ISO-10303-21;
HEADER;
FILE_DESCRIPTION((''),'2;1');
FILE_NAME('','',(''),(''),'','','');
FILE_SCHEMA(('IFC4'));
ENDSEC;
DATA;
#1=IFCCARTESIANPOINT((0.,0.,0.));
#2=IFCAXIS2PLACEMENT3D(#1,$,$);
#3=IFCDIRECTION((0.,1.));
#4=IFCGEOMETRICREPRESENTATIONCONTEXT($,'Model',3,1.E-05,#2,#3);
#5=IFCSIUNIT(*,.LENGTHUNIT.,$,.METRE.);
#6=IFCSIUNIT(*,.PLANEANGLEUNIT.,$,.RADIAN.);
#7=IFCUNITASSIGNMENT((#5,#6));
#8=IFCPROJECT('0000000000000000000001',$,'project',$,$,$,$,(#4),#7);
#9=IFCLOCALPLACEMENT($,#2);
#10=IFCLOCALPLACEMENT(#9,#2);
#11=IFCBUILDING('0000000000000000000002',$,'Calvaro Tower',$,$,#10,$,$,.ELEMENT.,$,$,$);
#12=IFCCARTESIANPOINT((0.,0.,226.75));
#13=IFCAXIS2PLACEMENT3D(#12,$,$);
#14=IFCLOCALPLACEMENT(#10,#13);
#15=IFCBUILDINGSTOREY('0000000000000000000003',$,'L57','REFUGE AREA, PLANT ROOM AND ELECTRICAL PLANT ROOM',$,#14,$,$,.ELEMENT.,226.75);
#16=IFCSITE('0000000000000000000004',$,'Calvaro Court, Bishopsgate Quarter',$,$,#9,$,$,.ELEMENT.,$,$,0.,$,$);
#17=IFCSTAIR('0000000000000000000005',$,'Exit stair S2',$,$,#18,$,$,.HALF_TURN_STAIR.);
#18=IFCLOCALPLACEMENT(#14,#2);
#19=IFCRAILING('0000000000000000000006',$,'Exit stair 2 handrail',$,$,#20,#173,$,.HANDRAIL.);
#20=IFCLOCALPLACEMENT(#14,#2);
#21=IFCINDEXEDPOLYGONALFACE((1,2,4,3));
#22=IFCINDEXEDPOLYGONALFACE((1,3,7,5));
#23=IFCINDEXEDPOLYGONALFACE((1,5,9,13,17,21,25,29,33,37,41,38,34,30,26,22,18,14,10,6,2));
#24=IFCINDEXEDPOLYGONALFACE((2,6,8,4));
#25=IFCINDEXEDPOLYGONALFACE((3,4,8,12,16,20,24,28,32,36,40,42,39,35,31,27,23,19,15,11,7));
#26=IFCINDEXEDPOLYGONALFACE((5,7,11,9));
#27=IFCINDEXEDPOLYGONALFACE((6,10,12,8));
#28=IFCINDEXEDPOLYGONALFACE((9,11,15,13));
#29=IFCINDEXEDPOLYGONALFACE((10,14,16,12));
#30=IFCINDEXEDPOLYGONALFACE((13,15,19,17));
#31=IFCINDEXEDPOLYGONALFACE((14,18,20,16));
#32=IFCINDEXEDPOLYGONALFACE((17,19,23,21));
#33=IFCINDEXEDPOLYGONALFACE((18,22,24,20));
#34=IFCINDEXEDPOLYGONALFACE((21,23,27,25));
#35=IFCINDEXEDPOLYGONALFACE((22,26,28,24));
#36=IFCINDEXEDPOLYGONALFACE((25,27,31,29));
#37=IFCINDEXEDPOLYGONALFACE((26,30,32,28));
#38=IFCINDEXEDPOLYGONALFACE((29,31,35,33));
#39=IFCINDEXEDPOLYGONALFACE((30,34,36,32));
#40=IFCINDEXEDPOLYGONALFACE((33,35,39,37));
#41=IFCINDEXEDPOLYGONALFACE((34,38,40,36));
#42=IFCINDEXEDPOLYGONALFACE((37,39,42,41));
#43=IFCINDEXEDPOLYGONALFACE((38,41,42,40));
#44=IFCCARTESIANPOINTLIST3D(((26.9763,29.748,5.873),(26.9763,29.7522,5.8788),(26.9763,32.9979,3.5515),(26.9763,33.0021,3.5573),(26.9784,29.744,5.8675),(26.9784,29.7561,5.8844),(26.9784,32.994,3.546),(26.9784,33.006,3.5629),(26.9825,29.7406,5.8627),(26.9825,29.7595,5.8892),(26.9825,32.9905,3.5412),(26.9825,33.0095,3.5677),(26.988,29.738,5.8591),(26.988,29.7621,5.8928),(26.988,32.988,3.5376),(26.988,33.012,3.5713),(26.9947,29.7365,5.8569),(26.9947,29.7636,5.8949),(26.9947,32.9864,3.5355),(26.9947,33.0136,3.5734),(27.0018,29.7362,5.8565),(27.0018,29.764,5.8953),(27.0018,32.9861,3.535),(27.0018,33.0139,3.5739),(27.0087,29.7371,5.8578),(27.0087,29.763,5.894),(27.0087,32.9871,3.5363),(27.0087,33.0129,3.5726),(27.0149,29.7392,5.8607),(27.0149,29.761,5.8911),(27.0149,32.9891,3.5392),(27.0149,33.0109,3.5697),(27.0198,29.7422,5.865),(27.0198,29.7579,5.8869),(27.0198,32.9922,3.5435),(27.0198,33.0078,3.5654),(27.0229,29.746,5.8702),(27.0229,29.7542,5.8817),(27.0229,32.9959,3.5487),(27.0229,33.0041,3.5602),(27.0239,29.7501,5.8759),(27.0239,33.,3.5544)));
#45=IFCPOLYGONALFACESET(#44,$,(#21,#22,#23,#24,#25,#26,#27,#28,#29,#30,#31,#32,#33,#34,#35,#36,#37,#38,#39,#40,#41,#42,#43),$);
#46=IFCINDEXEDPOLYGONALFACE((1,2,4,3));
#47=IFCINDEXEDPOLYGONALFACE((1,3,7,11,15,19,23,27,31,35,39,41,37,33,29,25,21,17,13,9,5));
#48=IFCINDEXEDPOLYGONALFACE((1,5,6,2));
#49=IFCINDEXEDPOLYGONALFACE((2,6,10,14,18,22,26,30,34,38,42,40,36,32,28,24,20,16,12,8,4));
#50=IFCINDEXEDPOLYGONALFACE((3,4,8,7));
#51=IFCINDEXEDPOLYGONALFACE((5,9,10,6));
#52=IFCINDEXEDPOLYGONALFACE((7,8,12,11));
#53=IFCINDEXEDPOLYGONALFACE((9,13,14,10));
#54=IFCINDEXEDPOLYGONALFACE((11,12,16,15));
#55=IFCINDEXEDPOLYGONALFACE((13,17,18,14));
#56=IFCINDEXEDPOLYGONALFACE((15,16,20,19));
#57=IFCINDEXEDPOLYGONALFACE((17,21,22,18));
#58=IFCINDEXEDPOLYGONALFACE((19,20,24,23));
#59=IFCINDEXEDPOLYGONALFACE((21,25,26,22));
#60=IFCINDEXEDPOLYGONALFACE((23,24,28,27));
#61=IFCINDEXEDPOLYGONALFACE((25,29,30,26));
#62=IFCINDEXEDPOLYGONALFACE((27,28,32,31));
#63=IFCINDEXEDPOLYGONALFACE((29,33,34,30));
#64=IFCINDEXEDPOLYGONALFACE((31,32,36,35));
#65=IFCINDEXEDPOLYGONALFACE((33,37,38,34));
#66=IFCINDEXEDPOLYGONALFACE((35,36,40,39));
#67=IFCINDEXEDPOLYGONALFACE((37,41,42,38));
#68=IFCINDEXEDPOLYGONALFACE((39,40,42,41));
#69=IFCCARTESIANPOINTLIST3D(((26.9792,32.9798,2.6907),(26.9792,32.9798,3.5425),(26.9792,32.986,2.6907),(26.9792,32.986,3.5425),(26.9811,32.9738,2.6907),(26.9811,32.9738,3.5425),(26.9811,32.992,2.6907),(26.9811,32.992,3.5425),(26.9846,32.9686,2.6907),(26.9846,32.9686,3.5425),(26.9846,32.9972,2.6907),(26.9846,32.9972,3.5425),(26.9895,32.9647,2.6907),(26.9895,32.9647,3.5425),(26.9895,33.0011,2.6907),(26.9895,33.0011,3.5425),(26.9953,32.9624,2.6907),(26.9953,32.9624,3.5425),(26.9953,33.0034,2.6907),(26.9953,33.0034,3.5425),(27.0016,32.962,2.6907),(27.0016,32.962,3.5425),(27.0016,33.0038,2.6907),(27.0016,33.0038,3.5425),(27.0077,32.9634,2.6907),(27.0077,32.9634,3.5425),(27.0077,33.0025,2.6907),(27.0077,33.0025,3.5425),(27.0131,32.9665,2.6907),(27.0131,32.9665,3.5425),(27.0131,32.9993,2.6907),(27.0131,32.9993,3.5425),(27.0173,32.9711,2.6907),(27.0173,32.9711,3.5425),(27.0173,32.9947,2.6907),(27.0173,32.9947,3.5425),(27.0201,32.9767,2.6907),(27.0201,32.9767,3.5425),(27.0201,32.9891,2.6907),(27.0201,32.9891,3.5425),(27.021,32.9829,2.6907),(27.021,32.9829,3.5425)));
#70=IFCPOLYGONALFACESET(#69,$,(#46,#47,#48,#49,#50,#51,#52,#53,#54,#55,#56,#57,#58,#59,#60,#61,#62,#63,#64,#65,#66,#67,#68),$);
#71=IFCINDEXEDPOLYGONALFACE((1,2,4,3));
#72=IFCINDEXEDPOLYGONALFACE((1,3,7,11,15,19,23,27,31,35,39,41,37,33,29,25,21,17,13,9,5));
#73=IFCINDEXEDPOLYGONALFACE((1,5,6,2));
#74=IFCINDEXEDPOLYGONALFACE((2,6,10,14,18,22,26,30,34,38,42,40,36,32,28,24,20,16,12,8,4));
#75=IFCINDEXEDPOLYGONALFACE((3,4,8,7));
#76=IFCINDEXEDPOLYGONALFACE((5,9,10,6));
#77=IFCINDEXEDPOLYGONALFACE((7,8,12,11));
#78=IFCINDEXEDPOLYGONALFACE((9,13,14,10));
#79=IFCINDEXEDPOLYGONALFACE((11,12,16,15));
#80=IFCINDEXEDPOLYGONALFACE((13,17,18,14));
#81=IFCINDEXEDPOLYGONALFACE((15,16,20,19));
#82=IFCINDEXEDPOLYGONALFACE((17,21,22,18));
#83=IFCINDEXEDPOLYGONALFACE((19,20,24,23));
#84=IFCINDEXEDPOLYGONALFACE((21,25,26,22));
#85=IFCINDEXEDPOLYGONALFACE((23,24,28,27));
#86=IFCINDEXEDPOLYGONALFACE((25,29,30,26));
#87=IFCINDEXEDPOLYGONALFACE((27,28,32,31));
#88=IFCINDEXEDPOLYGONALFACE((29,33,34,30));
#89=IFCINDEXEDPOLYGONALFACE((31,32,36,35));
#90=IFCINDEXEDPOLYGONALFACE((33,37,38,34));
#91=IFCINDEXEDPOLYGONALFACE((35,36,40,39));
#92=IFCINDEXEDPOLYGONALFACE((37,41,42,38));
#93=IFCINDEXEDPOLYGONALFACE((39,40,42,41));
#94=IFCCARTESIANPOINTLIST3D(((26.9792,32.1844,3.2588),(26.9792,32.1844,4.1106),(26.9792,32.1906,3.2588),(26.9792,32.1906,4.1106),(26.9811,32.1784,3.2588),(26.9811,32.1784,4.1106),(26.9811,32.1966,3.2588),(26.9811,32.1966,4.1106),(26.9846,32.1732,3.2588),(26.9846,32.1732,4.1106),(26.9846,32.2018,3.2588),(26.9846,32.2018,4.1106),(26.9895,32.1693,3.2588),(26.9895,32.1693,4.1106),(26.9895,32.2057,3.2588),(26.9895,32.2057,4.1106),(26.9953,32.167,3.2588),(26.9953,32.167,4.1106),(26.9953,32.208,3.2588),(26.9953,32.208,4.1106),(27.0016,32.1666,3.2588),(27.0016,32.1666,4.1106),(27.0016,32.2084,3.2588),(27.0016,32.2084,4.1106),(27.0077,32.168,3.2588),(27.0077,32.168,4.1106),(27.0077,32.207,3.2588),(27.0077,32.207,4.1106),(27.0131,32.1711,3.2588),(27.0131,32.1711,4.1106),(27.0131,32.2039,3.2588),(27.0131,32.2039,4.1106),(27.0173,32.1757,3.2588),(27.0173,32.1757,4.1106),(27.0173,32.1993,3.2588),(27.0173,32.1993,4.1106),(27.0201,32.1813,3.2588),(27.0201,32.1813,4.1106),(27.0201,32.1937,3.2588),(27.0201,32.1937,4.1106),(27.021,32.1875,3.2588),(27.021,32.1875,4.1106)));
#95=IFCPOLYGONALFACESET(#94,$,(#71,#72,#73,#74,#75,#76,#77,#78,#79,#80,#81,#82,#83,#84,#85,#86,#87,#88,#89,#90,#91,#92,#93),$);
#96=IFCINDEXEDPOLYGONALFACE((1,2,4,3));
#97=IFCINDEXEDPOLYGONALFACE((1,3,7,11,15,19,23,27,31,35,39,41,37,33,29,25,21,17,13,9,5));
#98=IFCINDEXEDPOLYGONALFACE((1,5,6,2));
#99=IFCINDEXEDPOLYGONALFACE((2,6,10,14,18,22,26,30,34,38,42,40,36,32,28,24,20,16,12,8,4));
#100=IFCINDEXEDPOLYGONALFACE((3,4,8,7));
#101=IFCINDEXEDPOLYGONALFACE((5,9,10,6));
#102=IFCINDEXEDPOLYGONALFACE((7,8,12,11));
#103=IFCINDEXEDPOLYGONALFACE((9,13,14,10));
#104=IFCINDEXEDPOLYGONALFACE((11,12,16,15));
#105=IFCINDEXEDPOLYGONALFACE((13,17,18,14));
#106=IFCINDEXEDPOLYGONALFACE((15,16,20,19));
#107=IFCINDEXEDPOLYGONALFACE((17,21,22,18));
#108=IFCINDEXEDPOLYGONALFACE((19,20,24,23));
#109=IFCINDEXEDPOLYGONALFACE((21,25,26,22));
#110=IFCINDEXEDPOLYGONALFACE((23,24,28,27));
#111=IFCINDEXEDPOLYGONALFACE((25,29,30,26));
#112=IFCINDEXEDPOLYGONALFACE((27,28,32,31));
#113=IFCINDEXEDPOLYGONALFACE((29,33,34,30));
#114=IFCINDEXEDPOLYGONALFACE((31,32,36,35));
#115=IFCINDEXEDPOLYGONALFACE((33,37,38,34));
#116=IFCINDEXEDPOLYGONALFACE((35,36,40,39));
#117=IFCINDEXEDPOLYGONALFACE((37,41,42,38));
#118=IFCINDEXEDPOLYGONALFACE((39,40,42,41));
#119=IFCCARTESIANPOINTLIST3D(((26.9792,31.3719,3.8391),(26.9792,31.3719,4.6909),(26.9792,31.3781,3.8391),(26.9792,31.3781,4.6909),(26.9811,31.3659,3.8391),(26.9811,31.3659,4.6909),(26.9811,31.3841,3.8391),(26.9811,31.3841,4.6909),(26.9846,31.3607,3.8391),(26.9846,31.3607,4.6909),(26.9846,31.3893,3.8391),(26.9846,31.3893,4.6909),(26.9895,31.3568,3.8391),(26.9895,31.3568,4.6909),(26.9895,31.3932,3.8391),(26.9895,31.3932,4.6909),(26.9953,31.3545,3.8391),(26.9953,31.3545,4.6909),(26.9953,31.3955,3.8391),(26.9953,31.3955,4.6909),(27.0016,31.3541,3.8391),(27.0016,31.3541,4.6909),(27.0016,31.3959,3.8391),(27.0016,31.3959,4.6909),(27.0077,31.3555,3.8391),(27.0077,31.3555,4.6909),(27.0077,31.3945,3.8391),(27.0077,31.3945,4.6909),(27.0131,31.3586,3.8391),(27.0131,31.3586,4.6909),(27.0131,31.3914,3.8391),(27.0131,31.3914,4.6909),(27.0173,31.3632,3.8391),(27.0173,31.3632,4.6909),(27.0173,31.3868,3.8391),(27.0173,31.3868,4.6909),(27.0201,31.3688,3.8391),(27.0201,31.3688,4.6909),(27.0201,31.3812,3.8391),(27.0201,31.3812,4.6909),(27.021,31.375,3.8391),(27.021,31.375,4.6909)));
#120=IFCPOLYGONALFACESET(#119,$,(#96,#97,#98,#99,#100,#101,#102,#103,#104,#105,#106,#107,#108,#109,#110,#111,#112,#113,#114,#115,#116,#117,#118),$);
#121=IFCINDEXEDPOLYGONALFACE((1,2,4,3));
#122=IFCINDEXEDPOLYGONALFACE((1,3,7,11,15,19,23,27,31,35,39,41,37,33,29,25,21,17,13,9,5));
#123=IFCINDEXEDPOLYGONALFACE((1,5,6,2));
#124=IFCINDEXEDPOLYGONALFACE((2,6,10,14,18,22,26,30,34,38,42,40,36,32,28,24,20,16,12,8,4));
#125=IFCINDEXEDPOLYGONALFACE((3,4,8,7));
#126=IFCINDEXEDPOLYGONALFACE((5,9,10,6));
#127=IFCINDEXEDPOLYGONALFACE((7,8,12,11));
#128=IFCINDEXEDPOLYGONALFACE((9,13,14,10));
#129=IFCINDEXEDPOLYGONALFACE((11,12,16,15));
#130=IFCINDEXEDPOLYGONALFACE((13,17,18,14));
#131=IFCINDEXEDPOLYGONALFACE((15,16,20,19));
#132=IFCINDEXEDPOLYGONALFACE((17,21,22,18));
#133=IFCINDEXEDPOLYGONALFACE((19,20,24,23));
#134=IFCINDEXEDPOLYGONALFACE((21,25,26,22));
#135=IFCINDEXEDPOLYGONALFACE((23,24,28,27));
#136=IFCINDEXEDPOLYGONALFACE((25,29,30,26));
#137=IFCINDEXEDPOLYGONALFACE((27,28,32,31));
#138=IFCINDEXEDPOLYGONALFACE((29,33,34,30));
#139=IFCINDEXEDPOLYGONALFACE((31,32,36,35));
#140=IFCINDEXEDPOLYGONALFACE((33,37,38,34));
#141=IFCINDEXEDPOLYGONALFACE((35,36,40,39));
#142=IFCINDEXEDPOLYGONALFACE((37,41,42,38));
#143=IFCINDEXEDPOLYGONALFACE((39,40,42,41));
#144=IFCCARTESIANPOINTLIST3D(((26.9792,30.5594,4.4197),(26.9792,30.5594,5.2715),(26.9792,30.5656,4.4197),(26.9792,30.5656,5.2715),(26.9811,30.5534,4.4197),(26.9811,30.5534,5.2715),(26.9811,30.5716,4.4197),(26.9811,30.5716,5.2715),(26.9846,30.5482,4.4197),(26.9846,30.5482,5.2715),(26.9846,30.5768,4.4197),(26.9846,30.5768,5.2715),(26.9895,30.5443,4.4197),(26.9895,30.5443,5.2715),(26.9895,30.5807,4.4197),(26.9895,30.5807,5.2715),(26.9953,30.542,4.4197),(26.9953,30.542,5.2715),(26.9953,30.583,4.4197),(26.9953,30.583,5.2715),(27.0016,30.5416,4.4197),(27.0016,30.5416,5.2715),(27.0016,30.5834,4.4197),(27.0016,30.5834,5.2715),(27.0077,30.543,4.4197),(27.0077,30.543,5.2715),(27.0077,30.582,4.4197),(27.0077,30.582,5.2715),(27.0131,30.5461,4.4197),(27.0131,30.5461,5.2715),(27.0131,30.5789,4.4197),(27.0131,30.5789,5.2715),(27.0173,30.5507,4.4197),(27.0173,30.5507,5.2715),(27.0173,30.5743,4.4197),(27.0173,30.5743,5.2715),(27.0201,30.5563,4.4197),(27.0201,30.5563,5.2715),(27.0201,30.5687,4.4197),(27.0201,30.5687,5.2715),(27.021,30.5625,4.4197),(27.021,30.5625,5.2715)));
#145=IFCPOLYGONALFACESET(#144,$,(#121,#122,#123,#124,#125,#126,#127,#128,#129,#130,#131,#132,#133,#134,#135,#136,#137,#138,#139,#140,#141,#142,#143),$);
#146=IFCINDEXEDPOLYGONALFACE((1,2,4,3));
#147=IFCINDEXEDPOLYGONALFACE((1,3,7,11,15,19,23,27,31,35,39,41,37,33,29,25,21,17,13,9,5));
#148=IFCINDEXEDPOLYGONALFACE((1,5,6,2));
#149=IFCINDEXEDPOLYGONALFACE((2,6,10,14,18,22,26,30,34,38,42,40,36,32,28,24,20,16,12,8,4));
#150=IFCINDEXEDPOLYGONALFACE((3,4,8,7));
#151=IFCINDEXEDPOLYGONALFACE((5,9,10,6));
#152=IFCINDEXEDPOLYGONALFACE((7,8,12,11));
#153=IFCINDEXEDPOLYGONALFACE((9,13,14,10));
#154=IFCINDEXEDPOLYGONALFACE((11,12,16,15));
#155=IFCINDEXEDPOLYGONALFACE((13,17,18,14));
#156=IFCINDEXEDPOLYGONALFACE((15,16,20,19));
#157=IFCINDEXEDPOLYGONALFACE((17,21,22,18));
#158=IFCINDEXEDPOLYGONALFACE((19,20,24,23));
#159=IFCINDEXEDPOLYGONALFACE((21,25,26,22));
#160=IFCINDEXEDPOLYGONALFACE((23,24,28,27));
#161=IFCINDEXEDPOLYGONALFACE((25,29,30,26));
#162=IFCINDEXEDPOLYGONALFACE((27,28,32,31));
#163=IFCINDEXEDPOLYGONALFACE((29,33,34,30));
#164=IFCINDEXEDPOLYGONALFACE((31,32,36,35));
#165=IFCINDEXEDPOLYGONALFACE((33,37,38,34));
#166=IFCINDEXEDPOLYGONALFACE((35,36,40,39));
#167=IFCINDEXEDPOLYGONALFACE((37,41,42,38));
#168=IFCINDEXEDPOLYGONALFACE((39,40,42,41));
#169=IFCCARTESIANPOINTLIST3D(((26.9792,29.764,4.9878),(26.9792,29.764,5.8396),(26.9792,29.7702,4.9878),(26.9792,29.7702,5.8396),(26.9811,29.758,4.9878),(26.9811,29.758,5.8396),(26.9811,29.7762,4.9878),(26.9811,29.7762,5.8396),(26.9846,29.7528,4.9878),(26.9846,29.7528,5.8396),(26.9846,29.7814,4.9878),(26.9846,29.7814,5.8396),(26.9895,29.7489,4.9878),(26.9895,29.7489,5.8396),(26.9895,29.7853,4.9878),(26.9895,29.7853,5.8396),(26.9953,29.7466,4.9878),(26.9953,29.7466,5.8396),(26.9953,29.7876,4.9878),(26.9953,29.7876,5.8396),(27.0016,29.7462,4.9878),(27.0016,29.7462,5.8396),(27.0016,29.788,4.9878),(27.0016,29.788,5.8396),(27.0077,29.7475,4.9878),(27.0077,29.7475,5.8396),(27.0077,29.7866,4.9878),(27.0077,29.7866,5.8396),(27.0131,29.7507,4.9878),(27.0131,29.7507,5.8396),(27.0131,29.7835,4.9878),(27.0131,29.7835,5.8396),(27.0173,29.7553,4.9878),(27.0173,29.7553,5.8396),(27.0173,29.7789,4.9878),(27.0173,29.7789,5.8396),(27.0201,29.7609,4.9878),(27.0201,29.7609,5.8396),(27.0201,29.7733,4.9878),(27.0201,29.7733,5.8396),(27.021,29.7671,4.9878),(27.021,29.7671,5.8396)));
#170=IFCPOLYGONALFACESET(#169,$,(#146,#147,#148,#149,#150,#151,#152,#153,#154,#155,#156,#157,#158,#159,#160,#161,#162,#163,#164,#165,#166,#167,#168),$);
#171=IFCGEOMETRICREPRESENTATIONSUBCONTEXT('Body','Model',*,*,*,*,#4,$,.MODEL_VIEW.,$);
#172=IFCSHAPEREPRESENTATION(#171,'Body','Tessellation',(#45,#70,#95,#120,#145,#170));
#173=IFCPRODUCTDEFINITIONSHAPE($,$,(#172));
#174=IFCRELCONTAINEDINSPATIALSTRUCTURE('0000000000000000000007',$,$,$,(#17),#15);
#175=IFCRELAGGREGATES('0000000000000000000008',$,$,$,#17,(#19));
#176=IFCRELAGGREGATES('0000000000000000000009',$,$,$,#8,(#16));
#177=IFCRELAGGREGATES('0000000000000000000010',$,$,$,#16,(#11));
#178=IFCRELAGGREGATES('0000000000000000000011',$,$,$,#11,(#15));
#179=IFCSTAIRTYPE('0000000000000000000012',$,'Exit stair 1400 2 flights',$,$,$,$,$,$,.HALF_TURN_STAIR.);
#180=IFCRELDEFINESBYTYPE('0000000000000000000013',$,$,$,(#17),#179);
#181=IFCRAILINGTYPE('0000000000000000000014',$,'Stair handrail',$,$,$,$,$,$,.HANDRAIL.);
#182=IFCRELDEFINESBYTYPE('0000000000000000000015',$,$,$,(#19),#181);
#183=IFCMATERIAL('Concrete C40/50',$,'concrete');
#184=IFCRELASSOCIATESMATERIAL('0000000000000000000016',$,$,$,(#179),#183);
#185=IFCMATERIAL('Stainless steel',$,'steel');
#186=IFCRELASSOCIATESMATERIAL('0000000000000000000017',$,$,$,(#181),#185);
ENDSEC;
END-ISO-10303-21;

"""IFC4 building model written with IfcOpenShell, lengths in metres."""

from ifc_helpers import new_model, si_unit, direction, frame, origin, origin_2d, place, context, subcontext, project, spatial, circle, extrude, material, type_object, element, aggregate, save


model = new_model("IFC4")

# Units and contexts
model_context = context("Model", 3, precision=1e-05, world=origin(), true_north=direction((0.0, 1.0)))
body_context = subcontext(model_context, "Body", "Model", "MODEL_VIEW")
ifc_project = project(units=[si_unit("LENGTHUNIT", "METRE"), si_unit("PLANEANGLEUNIT", "RADIAN")], contexts=[model_context])

# Site, building, storey
site_placement = place(None, origin())
site = spatial("IfcSite", under=ifc_project, at=site_placement, Name="Calvaro Court, Bishopsgate Quarter", CompositionType="ELEMENT", RefElevation=0.0)
building_placement = place(site_placement, origin())
building = spatial("IfcBuilding", under=site, at=building_placement, Name="Calvaro Tower", CompositionType="ELEMENT")
storey_placement = place(building_placement, frame((0.0, 0.0, 226.75)))
storey = spatial("IfcBuildingStorey", under=building, at=storey_placement, Name="L57", Description="REFUGE AREA, PLANT ROOM AND ELECTRICAL PLANT ROOM", CompositionType="ELEMENT", Elevation=226.75)

# Stair, railing
ifc_material_1 = material(Name="Concrete C40/50", Category="concrete")
stair_type = type_object("IfcStairType", Name="Exit stair 1400 2 flights", PredefinedType="HALF_TURN_STAIR", material=ifc_material_1)
stair_placement = place(storey_placement, origin())
stair = element("IfcStair", 1, at=stair_placement, inside=storey, type_object=stair_type, Name="Exit stair S2", PredefinedType="HALF_TURN_STAIR")
ifc_material_2 = material(Name="Stainless steel", Category="steel")
railing_type = type_object("IfcRailingType", Name="Stair handrail", PredefinedType="HANDRAIL", material=ifc_material_2)
railing_placement = place(storey_placement, frame((27.0, 33.0, 2.6785)))
railing = element("IfcRailing", 2, at=railing_placement, type_object=railing_type, Name="Exit stair 2 handrail", PredefinedType="HANDRAIL", context=body_context, shape_type="SweptSolid", body=[
    extrude(circle(Radius=0.0239, at=origin_2d()), frame((0.0, 0.0, 0.876), z_axis=(0.0, -0.813721, 0.581256), x_axis=(1.0, 0.0, 0.0)), (0.0, 0.0, 1.0), 3.9939),
    extrude(circle(Radius=0.021, at=origin_2d()), frame((0.0, -0.0171, 0.0122)), (0.0, 0.0, 1.0), 0.8518),
    extrude(circle(Radius=0.021, at=origin_2d()), frame((0.0, -0.8125, 0.5803)), (0.0, 0.0, 1.0), 0.8518),
    extrude(circle(Radius=0.021, at=origin_2d()), frame((0.0, -1.625, 1.1606)), (0.0, 0.0, 1.0), 0.8518),
    extrude(circle(Radius=0.021, at=origin_2d()), frame((0.0, -2.4375, 1.7412)), (0.0, 0.0, 1.0), 0.8518),
    extrude(circle(Radius=0.021, at=origin_2d()), frame((0.0, -3.2329, 2.3093)), (0.0, 0.0, 1.0), 0.8518),
])
aggregate(stair, [railing])

save(model, "model.ifc")
